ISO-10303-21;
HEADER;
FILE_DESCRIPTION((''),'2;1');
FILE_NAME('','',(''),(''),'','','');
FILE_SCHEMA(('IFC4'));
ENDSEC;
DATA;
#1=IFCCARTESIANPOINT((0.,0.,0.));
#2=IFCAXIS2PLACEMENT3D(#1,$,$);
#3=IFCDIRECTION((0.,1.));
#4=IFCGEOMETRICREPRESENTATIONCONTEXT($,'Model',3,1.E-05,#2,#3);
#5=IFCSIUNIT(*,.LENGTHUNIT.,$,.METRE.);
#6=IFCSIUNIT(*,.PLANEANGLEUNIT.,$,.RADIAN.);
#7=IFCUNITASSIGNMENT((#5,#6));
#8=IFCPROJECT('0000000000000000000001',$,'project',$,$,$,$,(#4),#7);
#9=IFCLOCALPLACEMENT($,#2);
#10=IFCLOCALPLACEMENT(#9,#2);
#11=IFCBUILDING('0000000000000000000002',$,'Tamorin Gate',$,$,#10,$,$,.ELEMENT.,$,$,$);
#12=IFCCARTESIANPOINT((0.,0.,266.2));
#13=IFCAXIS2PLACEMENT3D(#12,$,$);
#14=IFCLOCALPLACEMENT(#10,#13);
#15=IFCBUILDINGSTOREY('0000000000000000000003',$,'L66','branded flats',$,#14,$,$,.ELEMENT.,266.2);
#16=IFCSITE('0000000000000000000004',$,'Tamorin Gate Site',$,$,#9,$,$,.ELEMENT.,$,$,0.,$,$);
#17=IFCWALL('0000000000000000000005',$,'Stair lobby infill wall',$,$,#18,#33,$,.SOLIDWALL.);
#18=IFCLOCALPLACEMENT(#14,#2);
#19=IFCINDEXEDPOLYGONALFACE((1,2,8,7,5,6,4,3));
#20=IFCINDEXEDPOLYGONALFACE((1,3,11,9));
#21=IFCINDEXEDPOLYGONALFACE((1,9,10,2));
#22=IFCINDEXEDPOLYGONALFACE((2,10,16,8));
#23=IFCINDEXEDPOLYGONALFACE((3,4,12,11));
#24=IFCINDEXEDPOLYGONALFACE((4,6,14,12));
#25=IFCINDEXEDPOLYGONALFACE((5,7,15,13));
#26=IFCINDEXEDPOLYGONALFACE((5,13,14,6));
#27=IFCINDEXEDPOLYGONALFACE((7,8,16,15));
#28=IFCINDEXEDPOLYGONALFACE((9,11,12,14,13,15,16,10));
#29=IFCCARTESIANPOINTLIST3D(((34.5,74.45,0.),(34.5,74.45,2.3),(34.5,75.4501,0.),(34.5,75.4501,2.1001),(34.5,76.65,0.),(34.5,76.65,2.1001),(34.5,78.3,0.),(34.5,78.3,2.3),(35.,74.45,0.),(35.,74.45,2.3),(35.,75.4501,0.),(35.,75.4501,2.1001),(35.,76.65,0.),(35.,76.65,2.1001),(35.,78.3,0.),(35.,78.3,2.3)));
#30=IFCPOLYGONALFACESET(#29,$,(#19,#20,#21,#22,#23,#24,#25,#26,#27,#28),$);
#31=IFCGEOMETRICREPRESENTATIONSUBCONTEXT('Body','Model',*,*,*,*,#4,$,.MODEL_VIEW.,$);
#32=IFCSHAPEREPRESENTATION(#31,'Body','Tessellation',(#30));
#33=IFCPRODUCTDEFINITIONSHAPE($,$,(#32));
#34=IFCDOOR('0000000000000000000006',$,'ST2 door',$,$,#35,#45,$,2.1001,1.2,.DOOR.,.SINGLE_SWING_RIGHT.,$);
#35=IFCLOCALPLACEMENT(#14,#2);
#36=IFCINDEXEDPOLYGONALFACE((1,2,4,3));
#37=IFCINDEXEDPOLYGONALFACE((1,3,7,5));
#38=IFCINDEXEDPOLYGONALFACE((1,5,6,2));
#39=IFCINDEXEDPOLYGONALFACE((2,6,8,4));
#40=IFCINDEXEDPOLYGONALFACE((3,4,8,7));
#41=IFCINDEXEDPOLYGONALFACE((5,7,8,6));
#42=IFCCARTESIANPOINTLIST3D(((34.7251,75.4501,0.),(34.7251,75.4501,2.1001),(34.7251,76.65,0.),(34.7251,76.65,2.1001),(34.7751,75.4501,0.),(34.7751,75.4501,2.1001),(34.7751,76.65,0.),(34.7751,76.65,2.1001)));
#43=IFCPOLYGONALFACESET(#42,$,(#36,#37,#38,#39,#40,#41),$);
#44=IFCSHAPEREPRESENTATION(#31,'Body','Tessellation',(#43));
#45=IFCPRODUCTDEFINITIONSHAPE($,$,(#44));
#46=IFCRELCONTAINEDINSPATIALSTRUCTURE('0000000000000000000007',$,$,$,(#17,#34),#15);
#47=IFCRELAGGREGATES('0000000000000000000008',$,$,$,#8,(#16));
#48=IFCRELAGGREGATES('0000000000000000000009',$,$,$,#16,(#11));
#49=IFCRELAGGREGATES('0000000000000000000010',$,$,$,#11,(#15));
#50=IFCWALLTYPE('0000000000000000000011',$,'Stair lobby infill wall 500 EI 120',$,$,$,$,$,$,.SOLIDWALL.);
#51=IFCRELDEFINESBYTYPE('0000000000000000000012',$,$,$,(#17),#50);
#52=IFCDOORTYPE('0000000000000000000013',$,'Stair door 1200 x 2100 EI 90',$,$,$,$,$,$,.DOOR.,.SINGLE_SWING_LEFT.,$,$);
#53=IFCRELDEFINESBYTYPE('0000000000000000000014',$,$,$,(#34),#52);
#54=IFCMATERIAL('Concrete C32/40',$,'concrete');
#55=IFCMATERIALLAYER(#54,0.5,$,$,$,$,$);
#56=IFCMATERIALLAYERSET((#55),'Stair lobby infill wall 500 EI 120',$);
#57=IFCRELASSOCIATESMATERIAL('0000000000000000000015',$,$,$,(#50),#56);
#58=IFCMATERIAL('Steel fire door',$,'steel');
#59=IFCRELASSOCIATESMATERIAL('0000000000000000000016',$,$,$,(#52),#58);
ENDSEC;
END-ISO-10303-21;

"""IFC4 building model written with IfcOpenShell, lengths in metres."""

from ifc_helpers import new_model, si_unit, direction, frame, frame_2d, origin, place, context, subcontext, project, spatial, rectangle, extrude, material, layer, layer_set, type_object, element, fill, save


model = new_model("IFC4")

# Units and contexts
model_context = context("Model", 3, precision=1e-05, world=origin(), true_north=direction((0.0, 1.0)))
body_context = subcontext(model_context, "Body", "Model", "MODEL_VIEW")
ifc_project = project(units=[si_unit("LENGTHUNIT", "METRE"), si_unit("PLANEANGLEUNIT", "RADIAN")], contexts=[model_context])

# Site, building, storey
site_placement = place(None, origin())
site = spatial("IfcSite", under=ifc_project, at=site_placement, Name="Tamorin Gate Site", CompositionType="ELEMENT", RefElevation=0.0)
building_placement = place(site_placement, origin())
building = spatial("IfcBuilding", under=site, at=building_placement, Name="Tamorin Gate", CompositionType="ELEMENT")
storey_placement = place(building_placement, frame((0.0, 0.0, 266.2)))
storey = spatial("IfcBuildingStorey", under=building, at=storey_placement, Name="L66", Description="branded flats", CompositionType="ELEMENT", Elevation=266.2)

# Shared definitions
ifc_material_1 = material(Name="Concrete C32/40", Category="concrete")

# Wall, opening, door
ifc_layer_1 = layer(ifc_material_1, 0.5)
ifc_layer_set_1 = layer_set([ifc_layer_1], Name="Stair lobby infill wall 500 EI 120")
wall_type_1 = type_object("IfcWallType", Name="Stair lobby infill wall 500 EI 120", PredefinedType="SOLIDWALL", material=ifc_layer_set_1)
wall_1_placement = place(storey_placement, frame((34.75, 74.45, 0.0), z_axis=(0.0, 0.0, 1.0), x_axis=(0.0, 1.0, 0.0)))
wall_1 = element("IfcWall", 1, at=wall_1_placement, inside=storey, type_object=wall_type_1, Name="Stair lobby infill wall", PredefinedType="SOLIDWALL", context=body_context, shape_type="SweptSolid", body=[
    extrude(rectangle(XDim=3.8501, YDim=0.5, at=frame_2d((1.925, 0.0))), origin(), (0.0, 0.0, 1.0), 2.3),
])
opening_1_placement = place(wall_1_placement, frame((1.0, 0.0, 0.0)))
opening_1 = element("IfcOpeningElement", 2, at=opening_1_placement, cuts=wall_1, PredefinedType="OPENING", context=body_context, shape_type="SweptSolid", body=[
    extrude(rectangle(XDim=1.2, YDim=2.1001, at=frame_2d((0.6001, 1.05))), frame((0.0, 0.26, 0.0), z_axis=(0.0, -1.0, 0.0), x_axis=(1.0, 0.0, 0.0)), (0.0, 0.0, 1.0), 0.52),
])
ifc_material_2 = material(Name="Steel fire door", Category="steel")
door_type_1 = type_object("IfcDoorType", Name="Stair door 1200 x 2100 EI 90", OperationType="SINGLE_SWING_LEFT", PredefinedType="DOOR", material=ifc_material_2)
door_1_placement = place(opening_1_placement, origin())
door_1 = element("IfcDoor", 3, at=door_1_placement, inside=storey, type_object=door_type_1, Name="ST2 door", OperationType="SINGLE_SWING_RIGHT", OverallHeight=2.1001, OverallWidth=1.2, PredefinedType="DOOR", context=body_context, shape_type="SweptSolid", body=[
    extrude(rectangle(XDim=1.2, YDim=2.1001, at=frame_2d((0.6001, 1.05))), frame((0.0, 0.0249, 0.0), z_axis=(0.0, -1.0, 0.0), x_axis=(1.0, 0.0, 0.0)), (0.0, 0.0, 1.0), 0.05),
])
fill(opening_1, door_1)

save(model, "model.ifc")
